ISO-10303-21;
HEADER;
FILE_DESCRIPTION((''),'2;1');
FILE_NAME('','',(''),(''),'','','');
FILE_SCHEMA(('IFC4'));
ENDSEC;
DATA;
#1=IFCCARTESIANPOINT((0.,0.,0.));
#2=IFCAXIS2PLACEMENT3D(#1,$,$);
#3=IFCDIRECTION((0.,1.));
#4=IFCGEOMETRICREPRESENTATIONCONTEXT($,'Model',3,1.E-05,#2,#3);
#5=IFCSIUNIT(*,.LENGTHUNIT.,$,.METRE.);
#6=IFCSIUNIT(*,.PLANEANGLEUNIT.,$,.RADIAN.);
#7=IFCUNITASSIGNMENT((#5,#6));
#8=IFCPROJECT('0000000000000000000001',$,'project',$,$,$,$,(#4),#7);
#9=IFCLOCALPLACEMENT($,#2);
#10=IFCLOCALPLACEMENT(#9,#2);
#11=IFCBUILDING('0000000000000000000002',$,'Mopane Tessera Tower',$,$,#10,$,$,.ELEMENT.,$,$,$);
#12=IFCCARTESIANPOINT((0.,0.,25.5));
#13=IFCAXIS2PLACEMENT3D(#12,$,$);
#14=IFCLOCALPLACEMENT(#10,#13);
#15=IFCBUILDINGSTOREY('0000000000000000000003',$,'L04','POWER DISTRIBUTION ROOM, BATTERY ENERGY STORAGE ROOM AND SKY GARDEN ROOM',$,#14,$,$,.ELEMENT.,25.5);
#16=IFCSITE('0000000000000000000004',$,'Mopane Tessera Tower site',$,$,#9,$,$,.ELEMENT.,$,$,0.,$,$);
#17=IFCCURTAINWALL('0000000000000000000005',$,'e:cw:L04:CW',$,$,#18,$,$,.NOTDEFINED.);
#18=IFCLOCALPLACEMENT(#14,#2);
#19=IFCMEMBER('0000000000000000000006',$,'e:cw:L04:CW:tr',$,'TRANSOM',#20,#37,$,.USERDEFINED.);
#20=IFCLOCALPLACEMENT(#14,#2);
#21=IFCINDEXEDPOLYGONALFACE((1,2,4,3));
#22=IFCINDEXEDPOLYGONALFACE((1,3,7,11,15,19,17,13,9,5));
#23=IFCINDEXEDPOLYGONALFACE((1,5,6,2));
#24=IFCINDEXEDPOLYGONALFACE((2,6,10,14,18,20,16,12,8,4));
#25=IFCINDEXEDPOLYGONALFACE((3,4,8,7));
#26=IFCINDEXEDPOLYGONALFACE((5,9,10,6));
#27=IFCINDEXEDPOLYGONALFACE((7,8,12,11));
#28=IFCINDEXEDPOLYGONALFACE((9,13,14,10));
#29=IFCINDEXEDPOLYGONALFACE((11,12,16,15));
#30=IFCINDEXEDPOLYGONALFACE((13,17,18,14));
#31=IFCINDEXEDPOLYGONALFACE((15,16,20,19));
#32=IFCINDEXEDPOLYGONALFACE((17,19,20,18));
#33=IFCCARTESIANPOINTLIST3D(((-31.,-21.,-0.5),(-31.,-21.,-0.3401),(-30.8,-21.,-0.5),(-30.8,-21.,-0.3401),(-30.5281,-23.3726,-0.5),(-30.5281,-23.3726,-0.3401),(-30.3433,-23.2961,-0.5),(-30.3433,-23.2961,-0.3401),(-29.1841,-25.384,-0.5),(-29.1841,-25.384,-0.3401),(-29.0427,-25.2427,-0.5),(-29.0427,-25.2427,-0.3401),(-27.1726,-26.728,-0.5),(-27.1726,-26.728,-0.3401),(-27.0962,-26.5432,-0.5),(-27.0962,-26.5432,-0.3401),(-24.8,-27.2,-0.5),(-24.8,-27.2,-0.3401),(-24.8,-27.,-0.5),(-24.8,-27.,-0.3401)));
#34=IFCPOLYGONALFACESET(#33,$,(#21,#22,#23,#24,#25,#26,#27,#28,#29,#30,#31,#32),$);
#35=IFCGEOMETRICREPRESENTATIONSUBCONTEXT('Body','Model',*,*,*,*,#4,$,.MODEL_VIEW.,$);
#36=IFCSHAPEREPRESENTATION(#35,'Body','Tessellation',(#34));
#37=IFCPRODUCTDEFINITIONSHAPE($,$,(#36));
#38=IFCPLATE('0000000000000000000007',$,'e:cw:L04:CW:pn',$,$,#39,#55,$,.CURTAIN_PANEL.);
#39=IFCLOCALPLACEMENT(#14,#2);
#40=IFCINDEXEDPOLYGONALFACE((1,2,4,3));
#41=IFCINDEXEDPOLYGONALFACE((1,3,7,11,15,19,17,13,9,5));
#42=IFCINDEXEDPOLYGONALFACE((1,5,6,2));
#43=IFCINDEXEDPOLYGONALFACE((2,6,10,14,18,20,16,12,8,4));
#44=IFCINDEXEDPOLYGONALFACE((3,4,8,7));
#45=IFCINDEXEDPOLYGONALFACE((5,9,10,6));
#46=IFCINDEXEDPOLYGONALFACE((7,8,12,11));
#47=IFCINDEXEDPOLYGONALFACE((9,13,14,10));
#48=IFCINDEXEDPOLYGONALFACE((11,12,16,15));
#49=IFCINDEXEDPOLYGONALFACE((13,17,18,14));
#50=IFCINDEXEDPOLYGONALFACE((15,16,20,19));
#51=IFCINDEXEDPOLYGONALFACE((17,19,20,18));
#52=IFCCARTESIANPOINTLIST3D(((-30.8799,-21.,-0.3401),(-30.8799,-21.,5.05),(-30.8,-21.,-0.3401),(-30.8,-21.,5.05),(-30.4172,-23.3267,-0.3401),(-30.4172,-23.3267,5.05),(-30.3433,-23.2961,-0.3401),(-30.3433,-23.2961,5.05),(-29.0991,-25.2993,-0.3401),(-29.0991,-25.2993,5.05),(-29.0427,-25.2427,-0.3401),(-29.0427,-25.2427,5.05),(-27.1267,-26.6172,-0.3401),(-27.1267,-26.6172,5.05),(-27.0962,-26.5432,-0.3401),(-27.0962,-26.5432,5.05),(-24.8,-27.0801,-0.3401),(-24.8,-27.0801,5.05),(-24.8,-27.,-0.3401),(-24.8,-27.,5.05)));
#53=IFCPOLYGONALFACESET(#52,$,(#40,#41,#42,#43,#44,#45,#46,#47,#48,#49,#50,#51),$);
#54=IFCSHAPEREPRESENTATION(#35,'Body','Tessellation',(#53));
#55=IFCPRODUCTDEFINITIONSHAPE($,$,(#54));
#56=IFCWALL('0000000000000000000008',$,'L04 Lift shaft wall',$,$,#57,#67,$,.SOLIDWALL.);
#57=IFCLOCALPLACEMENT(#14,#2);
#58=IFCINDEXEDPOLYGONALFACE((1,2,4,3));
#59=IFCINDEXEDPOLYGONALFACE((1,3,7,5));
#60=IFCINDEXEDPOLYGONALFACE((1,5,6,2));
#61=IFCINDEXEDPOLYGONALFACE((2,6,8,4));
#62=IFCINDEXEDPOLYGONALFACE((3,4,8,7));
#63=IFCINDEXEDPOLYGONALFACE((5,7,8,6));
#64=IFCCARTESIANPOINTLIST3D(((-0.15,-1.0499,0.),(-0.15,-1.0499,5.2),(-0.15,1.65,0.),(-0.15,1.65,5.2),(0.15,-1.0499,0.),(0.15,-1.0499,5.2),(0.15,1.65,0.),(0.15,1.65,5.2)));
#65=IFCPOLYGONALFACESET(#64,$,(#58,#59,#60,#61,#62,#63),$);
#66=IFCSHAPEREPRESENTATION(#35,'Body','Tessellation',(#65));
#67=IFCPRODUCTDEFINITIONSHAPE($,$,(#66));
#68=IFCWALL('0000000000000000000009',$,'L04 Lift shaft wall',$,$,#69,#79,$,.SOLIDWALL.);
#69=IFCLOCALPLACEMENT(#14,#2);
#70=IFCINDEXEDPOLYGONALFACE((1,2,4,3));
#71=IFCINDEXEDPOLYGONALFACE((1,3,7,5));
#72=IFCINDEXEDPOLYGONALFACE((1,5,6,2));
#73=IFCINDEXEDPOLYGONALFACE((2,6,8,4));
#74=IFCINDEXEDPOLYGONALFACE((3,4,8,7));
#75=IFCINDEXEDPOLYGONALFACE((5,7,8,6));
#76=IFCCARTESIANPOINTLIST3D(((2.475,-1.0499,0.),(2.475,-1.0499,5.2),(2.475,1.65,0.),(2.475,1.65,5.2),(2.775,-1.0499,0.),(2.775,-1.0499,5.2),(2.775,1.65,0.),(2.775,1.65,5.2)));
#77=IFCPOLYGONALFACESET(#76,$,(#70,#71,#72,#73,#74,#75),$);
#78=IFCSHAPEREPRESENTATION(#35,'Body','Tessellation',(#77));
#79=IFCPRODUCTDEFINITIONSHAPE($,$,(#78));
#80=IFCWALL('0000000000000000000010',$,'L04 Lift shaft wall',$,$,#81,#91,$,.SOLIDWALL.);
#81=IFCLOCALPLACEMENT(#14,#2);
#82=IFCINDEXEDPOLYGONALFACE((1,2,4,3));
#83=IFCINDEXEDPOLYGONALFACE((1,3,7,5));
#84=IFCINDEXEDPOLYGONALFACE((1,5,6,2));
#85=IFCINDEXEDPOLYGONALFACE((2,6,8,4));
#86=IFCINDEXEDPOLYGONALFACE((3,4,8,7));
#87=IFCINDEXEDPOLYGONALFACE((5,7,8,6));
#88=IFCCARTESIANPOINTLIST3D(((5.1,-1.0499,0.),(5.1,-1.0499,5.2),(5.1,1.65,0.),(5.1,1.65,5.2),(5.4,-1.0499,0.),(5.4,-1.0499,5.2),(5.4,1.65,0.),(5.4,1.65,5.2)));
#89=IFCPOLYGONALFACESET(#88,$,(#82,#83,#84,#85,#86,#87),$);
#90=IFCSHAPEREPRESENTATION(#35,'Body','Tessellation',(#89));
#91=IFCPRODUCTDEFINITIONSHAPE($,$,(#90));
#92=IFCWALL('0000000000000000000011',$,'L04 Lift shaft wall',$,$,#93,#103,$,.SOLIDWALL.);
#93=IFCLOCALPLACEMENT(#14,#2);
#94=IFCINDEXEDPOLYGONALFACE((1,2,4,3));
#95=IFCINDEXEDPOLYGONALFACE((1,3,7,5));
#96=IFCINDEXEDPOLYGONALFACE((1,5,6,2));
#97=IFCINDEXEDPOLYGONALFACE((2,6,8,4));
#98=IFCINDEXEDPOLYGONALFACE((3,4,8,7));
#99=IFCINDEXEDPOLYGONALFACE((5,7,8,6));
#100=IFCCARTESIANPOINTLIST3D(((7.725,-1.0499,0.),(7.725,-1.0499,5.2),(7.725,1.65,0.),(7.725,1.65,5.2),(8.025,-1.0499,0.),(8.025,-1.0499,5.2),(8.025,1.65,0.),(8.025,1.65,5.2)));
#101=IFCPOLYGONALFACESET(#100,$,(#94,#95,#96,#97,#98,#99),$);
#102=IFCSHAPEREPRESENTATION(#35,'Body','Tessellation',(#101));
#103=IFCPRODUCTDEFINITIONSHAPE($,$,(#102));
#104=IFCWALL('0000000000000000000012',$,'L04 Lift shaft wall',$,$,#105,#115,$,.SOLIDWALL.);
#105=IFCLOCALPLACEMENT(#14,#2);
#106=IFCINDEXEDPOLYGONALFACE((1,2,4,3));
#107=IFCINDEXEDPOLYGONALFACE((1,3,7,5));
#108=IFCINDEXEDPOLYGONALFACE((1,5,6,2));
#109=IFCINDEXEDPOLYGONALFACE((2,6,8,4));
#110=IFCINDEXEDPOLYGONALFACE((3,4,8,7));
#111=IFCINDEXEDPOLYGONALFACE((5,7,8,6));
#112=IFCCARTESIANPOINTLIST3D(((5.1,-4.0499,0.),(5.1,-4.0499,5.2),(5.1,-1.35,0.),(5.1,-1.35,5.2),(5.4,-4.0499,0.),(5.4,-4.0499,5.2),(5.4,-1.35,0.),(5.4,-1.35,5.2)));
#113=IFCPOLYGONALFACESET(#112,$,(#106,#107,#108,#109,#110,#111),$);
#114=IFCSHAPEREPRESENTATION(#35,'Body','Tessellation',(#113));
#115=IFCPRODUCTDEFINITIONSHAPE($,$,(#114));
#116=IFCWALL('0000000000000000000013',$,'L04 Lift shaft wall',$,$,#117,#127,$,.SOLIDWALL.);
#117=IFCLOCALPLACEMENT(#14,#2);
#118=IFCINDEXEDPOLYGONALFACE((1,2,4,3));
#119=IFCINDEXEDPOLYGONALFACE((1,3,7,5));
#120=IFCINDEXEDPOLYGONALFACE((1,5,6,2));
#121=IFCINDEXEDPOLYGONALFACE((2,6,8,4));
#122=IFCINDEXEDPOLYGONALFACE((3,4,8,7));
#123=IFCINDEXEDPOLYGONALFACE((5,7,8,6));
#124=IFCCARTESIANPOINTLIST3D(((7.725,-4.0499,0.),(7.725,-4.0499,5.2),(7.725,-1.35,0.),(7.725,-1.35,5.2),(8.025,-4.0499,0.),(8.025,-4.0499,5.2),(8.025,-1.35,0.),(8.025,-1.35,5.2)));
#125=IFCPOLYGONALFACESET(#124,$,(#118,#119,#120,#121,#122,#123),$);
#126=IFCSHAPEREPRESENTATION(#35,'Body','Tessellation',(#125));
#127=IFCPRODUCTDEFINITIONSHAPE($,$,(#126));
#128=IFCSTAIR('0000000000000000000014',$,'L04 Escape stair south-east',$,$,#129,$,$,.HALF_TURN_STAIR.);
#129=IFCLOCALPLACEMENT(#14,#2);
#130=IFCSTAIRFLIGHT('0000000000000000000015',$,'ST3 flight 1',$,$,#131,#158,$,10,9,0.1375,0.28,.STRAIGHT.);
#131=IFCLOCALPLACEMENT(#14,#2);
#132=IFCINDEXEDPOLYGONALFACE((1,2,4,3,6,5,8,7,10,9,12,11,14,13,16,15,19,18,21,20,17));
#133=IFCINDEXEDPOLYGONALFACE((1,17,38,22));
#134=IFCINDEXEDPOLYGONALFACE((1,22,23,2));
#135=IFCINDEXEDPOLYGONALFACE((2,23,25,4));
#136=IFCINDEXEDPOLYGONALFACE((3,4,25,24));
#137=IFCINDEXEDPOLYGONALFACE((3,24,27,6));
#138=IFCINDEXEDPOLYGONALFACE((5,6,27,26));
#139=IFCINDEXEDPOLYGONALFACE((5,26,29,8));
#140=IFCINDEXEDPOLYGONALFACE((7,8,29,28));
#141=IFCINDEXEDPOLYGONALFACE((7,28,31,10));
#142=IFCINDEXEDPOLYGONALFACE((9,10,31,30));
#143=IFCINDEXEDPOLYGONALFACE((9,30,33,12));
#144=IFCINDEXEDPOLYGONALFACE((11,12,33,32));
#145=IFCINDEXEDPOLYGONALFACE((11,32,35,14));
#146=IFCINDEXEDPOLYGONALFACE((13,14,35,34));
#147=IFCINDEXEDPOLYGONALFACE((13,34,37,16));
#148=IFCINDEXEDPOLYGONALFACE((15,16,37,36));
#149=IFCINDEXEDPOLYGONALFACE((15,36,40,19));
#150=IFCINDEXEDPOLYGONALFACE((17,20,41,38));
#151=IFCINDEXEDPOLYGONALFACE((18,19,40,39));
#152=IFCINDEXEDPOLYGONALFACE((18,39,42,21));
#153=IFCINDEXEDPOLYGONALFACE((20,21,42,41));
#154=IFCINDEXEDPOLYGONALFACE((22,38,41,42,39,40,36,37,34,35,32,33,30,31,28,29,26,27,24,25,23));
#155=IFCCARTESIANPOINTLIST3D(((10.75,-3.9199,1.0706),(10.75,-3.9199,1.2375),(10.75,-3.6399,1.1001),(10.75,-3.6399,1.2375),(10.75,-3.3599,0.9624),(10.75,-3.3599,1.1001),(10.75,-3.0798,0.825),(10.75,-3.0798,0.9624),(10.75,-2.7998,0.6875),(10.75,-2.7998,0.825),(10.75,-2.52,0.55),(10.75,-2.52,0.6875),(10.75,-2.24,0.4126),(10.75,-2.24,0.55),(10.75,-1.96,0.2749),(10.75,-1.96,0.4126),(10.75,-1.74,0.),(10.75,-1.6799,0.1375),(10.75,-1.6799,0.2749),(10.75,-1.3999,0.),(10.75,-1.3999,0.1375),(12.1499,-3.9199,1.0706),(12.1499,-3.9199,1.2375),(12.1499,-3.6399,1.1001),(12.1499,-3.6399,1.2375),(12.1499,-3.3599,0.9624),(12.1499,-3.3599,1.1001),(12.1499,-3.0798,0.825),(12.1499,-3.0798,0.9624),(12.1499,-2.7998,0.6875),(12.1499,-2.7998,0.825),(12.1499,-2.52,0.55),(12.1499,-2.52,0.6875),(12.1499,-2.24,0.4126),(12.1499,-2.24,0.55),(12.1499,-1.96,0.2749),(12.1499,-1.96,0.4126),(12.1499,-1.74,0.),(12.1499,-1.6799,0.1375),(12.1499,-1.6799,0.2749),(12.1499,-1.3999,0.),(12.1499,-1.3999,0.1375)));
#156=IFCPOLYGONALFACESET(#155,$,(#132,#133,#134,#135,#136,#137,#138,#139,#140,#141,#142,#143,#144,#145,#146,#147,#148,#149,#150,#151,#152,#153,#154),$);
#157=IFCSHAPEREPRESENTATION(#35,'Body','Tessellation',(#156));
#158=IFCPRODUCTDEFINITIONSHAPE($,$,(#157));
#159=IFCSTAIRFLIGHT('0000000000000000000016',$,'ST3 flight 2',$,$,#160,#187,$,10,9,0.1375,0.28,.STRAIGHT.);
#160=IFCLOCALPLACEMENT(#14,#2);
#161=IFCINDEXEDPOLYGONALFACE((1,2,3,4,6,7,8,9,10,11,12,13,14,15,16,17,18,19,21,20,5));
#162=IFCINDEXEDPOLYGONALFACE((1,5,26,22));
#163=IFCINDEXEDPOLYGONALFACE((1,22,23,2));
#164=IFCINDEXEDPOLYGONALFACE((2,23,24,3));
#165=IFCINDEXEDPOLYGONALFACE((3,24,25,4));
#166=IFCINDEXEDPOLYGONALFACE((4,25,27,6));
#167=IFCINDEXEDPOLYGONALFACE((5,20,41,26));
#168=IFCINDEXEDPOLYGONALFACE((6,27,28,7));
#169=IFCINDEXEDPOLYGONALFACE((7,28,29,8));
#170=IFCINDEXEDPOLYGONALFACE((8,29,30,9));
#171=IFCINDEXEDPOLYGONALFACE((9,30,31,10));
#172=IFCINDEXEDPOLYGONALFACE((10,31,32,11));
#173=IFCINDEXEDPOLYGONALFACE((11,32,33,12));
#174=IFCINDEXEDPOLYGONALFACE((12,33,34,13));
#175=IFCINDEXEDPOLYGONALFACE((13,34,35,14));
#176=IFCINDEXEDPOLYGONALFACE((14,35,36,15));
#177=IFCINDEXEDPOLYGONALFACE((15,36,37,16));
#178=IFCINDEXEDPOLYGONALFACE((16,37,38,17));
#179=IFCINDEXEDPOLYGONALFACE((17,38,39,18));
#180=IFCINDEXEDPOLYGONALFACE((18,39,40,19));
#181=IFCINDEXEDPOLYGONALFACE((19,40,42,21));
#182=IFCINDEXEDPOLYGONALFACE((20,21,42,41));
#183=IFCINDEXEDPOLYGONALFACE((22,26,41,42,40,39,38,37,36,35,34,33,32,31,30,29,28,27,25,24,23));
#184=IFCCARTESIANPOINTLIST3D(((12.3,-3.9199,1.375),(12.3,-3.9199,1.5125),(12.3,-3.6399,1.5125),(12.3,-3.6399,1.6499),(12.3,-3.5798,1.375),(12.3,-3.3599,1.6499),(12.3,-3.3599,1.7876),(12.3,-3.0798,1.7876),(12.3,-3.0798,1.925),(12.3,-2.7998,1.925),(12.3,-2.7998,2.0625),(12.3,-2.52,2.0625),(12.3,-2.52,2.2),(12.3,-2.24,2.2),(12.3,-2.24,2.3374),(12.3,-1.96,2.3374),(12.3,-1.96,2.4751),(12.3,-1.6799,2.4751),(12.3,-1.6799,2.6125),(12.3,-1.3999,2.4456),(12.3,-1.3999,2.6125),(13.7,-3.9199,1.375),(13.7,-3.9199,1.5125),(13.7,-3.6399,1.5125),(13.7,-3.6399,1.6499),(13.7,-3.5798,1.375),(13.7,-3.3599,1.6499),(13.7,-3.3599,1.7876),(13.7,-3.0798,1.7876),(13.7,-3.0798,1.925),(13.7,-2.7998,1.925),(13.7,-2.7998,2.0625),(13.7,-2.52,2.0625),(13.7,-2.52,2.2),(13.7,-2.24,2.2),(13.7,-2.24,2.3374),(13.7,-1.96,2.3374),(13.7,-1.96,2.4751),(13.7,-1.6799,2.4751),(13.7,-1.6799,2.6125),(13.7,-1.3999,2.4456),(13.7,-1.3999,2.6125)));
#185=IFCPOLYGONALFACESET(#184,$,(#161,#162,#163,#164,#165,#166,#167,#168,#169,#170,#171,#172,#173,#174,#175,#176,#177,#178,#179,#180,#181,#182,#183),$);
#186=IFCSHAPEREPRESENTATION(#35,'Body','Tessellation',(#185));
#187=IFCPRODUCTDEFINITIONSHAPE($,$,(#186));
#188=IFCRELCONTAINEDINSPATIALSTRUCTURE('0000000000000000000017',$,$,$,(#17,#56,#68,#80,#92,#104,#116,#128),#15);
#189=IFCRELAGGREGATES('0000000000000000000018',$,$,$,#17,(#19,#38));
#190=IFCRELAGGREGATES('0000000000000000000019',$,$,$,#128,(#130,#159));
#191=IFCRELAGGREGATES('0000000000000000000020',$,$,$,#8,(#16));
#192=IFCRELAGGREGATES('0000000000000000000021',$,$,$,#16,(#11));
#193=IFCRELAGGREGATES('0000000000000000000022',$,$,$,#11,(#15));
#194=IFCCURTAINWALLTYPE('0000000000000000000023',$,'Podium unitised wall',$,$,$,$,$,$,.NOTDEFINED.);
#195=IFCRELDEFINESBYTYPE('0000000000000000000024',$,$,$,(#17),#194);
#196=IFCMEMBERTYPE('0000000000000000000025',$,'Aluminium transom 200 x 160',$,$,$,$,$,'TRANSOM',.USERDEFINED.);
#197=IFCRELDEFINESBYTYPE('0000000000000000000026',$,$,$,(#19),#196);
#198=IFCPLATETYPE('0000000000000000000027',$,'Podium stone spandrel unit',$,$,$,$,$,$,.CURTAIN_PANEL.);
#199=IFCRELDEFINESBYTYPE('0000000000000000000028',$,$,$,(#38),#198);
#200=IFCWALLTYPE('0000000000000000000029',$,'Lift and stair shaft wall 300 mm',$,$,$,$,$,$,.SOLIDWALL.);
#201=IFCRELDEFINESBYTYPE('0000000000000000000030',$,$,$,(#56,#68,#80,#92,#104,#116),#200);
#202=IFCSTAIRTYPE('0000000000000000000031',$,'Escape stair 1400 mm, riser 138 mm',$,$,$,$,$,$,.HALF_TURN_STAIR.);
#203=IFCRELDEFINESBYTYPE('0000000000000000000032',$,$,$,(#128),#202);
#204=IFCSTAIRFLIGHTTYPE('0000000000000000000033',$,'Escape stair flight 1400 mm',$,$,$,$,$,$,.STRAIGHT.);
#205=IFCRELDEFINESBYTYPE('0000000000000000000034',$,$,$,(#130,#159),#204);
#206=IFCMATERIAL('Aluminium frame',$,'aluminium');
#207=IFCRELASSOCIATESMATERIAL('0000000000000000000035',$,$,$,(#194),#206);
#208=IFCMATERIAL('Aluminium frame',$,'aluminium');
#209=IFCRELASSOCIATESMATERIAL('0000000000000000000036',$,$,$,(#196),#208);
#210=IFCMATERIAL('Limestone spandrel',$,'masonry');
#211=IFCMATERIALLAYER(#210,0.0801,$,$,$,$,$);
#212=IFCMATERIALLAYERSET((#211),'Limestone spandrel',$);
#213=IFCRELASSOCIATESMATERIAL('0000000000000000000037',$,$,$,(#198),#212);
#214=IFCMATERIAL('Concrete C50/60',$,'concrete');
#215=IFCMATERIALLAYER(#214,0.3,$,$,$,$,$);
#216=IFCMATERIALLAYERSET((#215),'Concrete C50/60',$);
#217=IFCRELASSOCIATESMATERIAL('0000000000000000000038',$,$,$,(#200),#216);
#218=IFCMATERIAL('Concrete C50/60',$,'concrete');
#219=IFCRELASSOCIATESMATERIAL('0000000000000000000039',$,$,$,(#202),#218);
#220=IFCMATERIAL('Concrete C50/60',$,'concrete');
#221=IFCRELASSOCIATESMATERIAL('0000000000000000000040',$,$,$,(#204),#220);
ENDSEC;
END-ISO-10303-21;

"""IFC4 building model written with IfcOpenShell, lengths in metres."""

from ifc_helpers import new_model, si_unit, direction, frame, frame_2d, origin, origin_2d, place, context, subcontext, project, spatial, polyline, rectangle, outline, extrude, material, layer, layer_set, material_profile, profile_set, type_object, element, aggregate, save


model = new_model("IFC4")

# Units and contexts
model_context = context("Model", 3, precision=1e-05, world=origin(), true_north=direction((0.0, 1.0)))
body_context = subcontext(model_context, "Body", "Model", "MODEL_VIEW")
ifc_project = project(units=[si_unit("LENGTHUNIT", "METRE"), si_unit("PLANEANGLEUNIT", "RADIAN")], contexts=[model_context])

# Site, building, storey
site_placement = place(None, origin())
site = spatial("IfcSite", under=ifc_project, at=site_placement, Name="Mopane Tessera Tower site", CompositionType="ELEMENT", RefElevation=0.0)
building_placement = place(site_placement, origin())
building = spatial("IfcBuilding", under=site, at=building_placement, Name="Mopane Tessera Tower", CompositionType="ELEMENT")
storey_placement = place(building_placement, frame((0.0, 0.0, 25.5)))
storey = spatial("IfcBuildingStorey", under=building, at=storey_placement, Name="L04", Description="POWER DISTRIBUTION ROOM, BATTERY ENERGY STORAGE ROOM AND SKY GARDEN ROOM", CompositionType="ELEMENT", Elevation=25.5)

# Curtain wall, member, plate
ifc_material_1 = material(Name="Aluminium frame", Category="aluminium")
curtain_wall_type = type_object("IfcCurtainWallType", Name="Podium unitised wall", PredefinedType="NOTDEFINED", material=ifc_material_1)
curtain_wall_placement = place(storey_placement, origin())
curtain_wall = element("IfcCurtainWall", 1, at=curtain_wall_placement, inside=storey, type_object=curtain_wall_type, Name="e:cw:L04:CW", PredefinedType="NOTDEFINED")
ifc_material_2 = material(Name="Aluminium frame", Category="aluminium")
ifc_material_profile = material_profile(ifc_material_2, rectangle(XDim=0.2, YDim=0.1599, at=origin_2d()))
ifc_profile_set = profile_set([ifc_material_profile], Name="Aluminium frame")
member_type = type_object("IfcMemberType", Name="Aluminium transom 200 x 160", ElementType="TRANSOM", PredefinedType="USERDEFINED", material=ifc_profile_set)
member_placement = place(storey_placement, frame((0.0, 0.0, -0.5)))
member = element("IfcMember", 2, at=member_placement, type_object=member_type, Name="e:cw:L04:CW:tr", ObjectType="TRANSOM", PredefinedType="USERDEFINED", context=body_context, shape_type="SweptSolid", body=[
    extrude(outline(polyline([(-30.8, -21.0), (-30.3433, -23.2961), (-29.0427, -25.2427), (-27.0962, -26.5432), (-24.8, -27.0), (-24.8, -27.2), (-27.1726, -26.728), (-29.1841, -25.384), (-30.5281, -23.3726), (-31.0, -21.0), (-30.8, -21.0)])), origin(), (0.0, 0.0, 1.0), 0.1599),
])
ifc_material_3 = material(Name="Limestone spandrel", Category="masonry")
ifc_layer_1 = layer(ifc_material_3, 0.0801)
ifc_layer_set_1 = layer_set([ifc_layer_1], Name="Limestone spandrel")
plate_type = type_object("IfcPlateType", Name="Podium stone spandrel unit", PredefinedType="CURTAIN_PANEL", material=ifc_layer_set_1)
plate_placement = place(storey_placement, frame((0.0, 0.0, -0.3401)))
plate = element("IfcPlate", 3, at=plate_placement, type_object=plate_type, Name="e:cw:L04:CW:pn", PredefinedType="CURTAIN_PANEL", context=body_context, shape_type="SweptSolid", body=[
    extrude(outline(polyline([(-30.8, -21.0), (-30.3433, -23.2961), (-29.0427, -25.2427), (-27.0962, -26.5432), (-24.8, -27.0), (-24.8, -27.0801), (-27.1267, -26.6172), (-29.0991, -25.2993), (-30.4172, -23.3267), (-30.8799, -21.0), (-30.8, -21.0)])), origin(), (0.0, 0.0, 1.0), 5.3901),
])
aggregate(curtain_wall, [member, plate])

# Walls
ifc_material_4 = material(Name="Concrete C50/60", Category="concrete")
ifc_layer_2 = layer(ifc_material_4, 0.3)
ifc_layer_set_2 = layer_set([ifc_layer_2], Name="Concrete C50/60")
wall_type = type_object("IfcWallType", Name="Lift and stair shaft wall 300 mm", PredefinedType="SOLIDWALL", material=ifc_layer_set_2)
for number, where, z_axis, x_axis, name in (
    (4, (0.0, -1.05, 0.0), (0.0, 0.0, 1.0), (0.0, 1.0, 0.0), "L04 Lift shaft wall"),
    (5, (2.625, -1.05, 0.0), (0.0, 0.0, 1.0), (0.0, 1.0, 0.0), "L04 Lift shaft wall"),
    (6, (5.25, -1.05, 0.0), (0.0, 0.0, 1.0), (0.0, 1.0, 0.0), "L04 Lift shaft wall"),
    (7, (7.875, -1.05, 0.0), (0.0, 0.0, 1.0), (0.0, 1.0, 0.0), "L04 Lift shaft wall"),
    (8, (5.25, -4.05, 0.0), (0.0, 0.0, 1.0), (0.0, 1.0, 0.0), "L04 Lift shaft wall"),
    (9, (7.875, -4.05, 0.0), (0.0, 0.0, 1.0), (0.0, 1.0, 0.0), "L04 Lift shaft wall"),
):
    element("IfcWall", number, at=place(storey_placement, frame(where, z_axis=z_axis, x_axis=x_axis)), inside=storey, type_object=wall_type, Name=name, PredefinedType="SOLIDWALL", context=body_context, shape_type="SweptSolid", body=[
        extrude(rectangle(XDim=2.7, YDim=0.3, at=frame_2d((1.3501, 0.0))), origin(), (0.0, 0.0, 1.0), 5.2),
    ])

# Stair, stair flights
ifc_material_5 = material(Name="Concrete C50/60", Category="concrete")
stair_type = type_object("IfcStairType", Name="Escape stair 1400 mm, riser 138 mm", PredefinedType="HALF_TURN_STAIR", material=ifc_material_5)
stair_placement = place(storey_placement, origin())
stair = element("IfcStair", 10, at=stair_placement, inside=storey, type_object=stair_type, Name="L04 Escape stair south-east", PredefinedType="HALF_TURN_STAIR")
ifc_material_6 = material(Name="Concrete C50/60", Category="concrete")
stair_flight_type = type_object("IfcStairFlightType", Name="Escape stair flight 1400 mm", PredefinedType="STRAIGHT", material=ifc_material_6)
stair_flight_1_placement = place(storey_placement, frame((11.45, -1.3999, 0.0), z_axis=(0.0, 0.0, 1.0), x_axis=(0.0, -1.0, 0.0)))
stair_flight_1 = element("IfcStairFlight", 11, at=stair_flight_1_placement, type_object=stair_flight_type, Name="ST3 flight 1", NumberOfRisers=10, NumberOfTreads=9, PredefinedType="STRAIGHT", RiserHeight=0.1375, TreadLength=0.28, context=body_context, shape_type="SweptSolid", body=[
    extrude(outline(polyline([(0.0, 0.0), (0.0, 0.1375), (0.28, 0.1375), (0.28, 0.2749), (0.5601, 0.2749), (0.5601, 0.4126), (0.8401, 0.4126), (0.8401, 0.55), (1.1201, 0.55), (1.1201, 0.6875), (1.3999, 0.6875), (1.3999, 0.825), (1.6799, 0.825), (1.6799, 0.9624), (1.96, 0.9624), (1.96, 1.1001), (2.24, 1.1001), (2.24, 1.2375), (2.52, 1.2375), (2.52, 1.375), (2.52, 1.0706), (0.3401, 0.0), (0.0, 0.0)])), frame((0.0, 0.7, 0.0), z_axis=(0.0, -1.0, 0.0), x_axis=(1.0, 0.0, 0.0)), (0.0, 0.0, 1.0), 1.3999),
])
stair_flight_2_placement = place(storey_placement, frame((13.0, -3.9199, 1.375), z_axis=(0.0, 0.0, 1.0), x_axis=(0.0, 1.0, 0.0)))
stair_flight_2 = element("IfcStairFlight", 12, at=stair_flight_2_placement, type_object=stair_flight_type, Name="ST3 flight 2", NumberOfRisers=10, NumberOfTreads=9, PredefinedType="STRAIGHT", RiserHeight=0.1375, TreadLength=0.28, context=body_context, shape_type="SweptSolid", body=[
    extrude(outline(polyline([(0.0, 0.0), (0.0, 0.1375), (0.28, 0.1375), (0.28, 0.2749), (0.5601, 0.2749), (0.5601, 0.4126), (0.8401, 0.4126), (0.8401, 0.55), (1.1201, 0.55), (1.1201, 0.6875), (1.3999, 0.6875), (1.3999, 0.825), (1.6799, 0.825), (1.6799, 0.9624), (1.96, 0.9624), (1.96, 1.1001), (2.24, 1.1001), (2.24, 1.2375), (2.52, 1.2375), (2.52, 1.375), (2.52, 1.0706), (0.3401, 0.0), (0.0, 0.0)])), frame((0.0, 0.7, 0.0), z_axis=(0.0, -1.0, 0.0), x_axis=(1.0, 0.0, 0.0)), (0.0, 0.0, 1.0), 1.3999),
])
aggregate(stair, [stair_flight_1, stair_flight_2])

save(model, "model.ifc")
